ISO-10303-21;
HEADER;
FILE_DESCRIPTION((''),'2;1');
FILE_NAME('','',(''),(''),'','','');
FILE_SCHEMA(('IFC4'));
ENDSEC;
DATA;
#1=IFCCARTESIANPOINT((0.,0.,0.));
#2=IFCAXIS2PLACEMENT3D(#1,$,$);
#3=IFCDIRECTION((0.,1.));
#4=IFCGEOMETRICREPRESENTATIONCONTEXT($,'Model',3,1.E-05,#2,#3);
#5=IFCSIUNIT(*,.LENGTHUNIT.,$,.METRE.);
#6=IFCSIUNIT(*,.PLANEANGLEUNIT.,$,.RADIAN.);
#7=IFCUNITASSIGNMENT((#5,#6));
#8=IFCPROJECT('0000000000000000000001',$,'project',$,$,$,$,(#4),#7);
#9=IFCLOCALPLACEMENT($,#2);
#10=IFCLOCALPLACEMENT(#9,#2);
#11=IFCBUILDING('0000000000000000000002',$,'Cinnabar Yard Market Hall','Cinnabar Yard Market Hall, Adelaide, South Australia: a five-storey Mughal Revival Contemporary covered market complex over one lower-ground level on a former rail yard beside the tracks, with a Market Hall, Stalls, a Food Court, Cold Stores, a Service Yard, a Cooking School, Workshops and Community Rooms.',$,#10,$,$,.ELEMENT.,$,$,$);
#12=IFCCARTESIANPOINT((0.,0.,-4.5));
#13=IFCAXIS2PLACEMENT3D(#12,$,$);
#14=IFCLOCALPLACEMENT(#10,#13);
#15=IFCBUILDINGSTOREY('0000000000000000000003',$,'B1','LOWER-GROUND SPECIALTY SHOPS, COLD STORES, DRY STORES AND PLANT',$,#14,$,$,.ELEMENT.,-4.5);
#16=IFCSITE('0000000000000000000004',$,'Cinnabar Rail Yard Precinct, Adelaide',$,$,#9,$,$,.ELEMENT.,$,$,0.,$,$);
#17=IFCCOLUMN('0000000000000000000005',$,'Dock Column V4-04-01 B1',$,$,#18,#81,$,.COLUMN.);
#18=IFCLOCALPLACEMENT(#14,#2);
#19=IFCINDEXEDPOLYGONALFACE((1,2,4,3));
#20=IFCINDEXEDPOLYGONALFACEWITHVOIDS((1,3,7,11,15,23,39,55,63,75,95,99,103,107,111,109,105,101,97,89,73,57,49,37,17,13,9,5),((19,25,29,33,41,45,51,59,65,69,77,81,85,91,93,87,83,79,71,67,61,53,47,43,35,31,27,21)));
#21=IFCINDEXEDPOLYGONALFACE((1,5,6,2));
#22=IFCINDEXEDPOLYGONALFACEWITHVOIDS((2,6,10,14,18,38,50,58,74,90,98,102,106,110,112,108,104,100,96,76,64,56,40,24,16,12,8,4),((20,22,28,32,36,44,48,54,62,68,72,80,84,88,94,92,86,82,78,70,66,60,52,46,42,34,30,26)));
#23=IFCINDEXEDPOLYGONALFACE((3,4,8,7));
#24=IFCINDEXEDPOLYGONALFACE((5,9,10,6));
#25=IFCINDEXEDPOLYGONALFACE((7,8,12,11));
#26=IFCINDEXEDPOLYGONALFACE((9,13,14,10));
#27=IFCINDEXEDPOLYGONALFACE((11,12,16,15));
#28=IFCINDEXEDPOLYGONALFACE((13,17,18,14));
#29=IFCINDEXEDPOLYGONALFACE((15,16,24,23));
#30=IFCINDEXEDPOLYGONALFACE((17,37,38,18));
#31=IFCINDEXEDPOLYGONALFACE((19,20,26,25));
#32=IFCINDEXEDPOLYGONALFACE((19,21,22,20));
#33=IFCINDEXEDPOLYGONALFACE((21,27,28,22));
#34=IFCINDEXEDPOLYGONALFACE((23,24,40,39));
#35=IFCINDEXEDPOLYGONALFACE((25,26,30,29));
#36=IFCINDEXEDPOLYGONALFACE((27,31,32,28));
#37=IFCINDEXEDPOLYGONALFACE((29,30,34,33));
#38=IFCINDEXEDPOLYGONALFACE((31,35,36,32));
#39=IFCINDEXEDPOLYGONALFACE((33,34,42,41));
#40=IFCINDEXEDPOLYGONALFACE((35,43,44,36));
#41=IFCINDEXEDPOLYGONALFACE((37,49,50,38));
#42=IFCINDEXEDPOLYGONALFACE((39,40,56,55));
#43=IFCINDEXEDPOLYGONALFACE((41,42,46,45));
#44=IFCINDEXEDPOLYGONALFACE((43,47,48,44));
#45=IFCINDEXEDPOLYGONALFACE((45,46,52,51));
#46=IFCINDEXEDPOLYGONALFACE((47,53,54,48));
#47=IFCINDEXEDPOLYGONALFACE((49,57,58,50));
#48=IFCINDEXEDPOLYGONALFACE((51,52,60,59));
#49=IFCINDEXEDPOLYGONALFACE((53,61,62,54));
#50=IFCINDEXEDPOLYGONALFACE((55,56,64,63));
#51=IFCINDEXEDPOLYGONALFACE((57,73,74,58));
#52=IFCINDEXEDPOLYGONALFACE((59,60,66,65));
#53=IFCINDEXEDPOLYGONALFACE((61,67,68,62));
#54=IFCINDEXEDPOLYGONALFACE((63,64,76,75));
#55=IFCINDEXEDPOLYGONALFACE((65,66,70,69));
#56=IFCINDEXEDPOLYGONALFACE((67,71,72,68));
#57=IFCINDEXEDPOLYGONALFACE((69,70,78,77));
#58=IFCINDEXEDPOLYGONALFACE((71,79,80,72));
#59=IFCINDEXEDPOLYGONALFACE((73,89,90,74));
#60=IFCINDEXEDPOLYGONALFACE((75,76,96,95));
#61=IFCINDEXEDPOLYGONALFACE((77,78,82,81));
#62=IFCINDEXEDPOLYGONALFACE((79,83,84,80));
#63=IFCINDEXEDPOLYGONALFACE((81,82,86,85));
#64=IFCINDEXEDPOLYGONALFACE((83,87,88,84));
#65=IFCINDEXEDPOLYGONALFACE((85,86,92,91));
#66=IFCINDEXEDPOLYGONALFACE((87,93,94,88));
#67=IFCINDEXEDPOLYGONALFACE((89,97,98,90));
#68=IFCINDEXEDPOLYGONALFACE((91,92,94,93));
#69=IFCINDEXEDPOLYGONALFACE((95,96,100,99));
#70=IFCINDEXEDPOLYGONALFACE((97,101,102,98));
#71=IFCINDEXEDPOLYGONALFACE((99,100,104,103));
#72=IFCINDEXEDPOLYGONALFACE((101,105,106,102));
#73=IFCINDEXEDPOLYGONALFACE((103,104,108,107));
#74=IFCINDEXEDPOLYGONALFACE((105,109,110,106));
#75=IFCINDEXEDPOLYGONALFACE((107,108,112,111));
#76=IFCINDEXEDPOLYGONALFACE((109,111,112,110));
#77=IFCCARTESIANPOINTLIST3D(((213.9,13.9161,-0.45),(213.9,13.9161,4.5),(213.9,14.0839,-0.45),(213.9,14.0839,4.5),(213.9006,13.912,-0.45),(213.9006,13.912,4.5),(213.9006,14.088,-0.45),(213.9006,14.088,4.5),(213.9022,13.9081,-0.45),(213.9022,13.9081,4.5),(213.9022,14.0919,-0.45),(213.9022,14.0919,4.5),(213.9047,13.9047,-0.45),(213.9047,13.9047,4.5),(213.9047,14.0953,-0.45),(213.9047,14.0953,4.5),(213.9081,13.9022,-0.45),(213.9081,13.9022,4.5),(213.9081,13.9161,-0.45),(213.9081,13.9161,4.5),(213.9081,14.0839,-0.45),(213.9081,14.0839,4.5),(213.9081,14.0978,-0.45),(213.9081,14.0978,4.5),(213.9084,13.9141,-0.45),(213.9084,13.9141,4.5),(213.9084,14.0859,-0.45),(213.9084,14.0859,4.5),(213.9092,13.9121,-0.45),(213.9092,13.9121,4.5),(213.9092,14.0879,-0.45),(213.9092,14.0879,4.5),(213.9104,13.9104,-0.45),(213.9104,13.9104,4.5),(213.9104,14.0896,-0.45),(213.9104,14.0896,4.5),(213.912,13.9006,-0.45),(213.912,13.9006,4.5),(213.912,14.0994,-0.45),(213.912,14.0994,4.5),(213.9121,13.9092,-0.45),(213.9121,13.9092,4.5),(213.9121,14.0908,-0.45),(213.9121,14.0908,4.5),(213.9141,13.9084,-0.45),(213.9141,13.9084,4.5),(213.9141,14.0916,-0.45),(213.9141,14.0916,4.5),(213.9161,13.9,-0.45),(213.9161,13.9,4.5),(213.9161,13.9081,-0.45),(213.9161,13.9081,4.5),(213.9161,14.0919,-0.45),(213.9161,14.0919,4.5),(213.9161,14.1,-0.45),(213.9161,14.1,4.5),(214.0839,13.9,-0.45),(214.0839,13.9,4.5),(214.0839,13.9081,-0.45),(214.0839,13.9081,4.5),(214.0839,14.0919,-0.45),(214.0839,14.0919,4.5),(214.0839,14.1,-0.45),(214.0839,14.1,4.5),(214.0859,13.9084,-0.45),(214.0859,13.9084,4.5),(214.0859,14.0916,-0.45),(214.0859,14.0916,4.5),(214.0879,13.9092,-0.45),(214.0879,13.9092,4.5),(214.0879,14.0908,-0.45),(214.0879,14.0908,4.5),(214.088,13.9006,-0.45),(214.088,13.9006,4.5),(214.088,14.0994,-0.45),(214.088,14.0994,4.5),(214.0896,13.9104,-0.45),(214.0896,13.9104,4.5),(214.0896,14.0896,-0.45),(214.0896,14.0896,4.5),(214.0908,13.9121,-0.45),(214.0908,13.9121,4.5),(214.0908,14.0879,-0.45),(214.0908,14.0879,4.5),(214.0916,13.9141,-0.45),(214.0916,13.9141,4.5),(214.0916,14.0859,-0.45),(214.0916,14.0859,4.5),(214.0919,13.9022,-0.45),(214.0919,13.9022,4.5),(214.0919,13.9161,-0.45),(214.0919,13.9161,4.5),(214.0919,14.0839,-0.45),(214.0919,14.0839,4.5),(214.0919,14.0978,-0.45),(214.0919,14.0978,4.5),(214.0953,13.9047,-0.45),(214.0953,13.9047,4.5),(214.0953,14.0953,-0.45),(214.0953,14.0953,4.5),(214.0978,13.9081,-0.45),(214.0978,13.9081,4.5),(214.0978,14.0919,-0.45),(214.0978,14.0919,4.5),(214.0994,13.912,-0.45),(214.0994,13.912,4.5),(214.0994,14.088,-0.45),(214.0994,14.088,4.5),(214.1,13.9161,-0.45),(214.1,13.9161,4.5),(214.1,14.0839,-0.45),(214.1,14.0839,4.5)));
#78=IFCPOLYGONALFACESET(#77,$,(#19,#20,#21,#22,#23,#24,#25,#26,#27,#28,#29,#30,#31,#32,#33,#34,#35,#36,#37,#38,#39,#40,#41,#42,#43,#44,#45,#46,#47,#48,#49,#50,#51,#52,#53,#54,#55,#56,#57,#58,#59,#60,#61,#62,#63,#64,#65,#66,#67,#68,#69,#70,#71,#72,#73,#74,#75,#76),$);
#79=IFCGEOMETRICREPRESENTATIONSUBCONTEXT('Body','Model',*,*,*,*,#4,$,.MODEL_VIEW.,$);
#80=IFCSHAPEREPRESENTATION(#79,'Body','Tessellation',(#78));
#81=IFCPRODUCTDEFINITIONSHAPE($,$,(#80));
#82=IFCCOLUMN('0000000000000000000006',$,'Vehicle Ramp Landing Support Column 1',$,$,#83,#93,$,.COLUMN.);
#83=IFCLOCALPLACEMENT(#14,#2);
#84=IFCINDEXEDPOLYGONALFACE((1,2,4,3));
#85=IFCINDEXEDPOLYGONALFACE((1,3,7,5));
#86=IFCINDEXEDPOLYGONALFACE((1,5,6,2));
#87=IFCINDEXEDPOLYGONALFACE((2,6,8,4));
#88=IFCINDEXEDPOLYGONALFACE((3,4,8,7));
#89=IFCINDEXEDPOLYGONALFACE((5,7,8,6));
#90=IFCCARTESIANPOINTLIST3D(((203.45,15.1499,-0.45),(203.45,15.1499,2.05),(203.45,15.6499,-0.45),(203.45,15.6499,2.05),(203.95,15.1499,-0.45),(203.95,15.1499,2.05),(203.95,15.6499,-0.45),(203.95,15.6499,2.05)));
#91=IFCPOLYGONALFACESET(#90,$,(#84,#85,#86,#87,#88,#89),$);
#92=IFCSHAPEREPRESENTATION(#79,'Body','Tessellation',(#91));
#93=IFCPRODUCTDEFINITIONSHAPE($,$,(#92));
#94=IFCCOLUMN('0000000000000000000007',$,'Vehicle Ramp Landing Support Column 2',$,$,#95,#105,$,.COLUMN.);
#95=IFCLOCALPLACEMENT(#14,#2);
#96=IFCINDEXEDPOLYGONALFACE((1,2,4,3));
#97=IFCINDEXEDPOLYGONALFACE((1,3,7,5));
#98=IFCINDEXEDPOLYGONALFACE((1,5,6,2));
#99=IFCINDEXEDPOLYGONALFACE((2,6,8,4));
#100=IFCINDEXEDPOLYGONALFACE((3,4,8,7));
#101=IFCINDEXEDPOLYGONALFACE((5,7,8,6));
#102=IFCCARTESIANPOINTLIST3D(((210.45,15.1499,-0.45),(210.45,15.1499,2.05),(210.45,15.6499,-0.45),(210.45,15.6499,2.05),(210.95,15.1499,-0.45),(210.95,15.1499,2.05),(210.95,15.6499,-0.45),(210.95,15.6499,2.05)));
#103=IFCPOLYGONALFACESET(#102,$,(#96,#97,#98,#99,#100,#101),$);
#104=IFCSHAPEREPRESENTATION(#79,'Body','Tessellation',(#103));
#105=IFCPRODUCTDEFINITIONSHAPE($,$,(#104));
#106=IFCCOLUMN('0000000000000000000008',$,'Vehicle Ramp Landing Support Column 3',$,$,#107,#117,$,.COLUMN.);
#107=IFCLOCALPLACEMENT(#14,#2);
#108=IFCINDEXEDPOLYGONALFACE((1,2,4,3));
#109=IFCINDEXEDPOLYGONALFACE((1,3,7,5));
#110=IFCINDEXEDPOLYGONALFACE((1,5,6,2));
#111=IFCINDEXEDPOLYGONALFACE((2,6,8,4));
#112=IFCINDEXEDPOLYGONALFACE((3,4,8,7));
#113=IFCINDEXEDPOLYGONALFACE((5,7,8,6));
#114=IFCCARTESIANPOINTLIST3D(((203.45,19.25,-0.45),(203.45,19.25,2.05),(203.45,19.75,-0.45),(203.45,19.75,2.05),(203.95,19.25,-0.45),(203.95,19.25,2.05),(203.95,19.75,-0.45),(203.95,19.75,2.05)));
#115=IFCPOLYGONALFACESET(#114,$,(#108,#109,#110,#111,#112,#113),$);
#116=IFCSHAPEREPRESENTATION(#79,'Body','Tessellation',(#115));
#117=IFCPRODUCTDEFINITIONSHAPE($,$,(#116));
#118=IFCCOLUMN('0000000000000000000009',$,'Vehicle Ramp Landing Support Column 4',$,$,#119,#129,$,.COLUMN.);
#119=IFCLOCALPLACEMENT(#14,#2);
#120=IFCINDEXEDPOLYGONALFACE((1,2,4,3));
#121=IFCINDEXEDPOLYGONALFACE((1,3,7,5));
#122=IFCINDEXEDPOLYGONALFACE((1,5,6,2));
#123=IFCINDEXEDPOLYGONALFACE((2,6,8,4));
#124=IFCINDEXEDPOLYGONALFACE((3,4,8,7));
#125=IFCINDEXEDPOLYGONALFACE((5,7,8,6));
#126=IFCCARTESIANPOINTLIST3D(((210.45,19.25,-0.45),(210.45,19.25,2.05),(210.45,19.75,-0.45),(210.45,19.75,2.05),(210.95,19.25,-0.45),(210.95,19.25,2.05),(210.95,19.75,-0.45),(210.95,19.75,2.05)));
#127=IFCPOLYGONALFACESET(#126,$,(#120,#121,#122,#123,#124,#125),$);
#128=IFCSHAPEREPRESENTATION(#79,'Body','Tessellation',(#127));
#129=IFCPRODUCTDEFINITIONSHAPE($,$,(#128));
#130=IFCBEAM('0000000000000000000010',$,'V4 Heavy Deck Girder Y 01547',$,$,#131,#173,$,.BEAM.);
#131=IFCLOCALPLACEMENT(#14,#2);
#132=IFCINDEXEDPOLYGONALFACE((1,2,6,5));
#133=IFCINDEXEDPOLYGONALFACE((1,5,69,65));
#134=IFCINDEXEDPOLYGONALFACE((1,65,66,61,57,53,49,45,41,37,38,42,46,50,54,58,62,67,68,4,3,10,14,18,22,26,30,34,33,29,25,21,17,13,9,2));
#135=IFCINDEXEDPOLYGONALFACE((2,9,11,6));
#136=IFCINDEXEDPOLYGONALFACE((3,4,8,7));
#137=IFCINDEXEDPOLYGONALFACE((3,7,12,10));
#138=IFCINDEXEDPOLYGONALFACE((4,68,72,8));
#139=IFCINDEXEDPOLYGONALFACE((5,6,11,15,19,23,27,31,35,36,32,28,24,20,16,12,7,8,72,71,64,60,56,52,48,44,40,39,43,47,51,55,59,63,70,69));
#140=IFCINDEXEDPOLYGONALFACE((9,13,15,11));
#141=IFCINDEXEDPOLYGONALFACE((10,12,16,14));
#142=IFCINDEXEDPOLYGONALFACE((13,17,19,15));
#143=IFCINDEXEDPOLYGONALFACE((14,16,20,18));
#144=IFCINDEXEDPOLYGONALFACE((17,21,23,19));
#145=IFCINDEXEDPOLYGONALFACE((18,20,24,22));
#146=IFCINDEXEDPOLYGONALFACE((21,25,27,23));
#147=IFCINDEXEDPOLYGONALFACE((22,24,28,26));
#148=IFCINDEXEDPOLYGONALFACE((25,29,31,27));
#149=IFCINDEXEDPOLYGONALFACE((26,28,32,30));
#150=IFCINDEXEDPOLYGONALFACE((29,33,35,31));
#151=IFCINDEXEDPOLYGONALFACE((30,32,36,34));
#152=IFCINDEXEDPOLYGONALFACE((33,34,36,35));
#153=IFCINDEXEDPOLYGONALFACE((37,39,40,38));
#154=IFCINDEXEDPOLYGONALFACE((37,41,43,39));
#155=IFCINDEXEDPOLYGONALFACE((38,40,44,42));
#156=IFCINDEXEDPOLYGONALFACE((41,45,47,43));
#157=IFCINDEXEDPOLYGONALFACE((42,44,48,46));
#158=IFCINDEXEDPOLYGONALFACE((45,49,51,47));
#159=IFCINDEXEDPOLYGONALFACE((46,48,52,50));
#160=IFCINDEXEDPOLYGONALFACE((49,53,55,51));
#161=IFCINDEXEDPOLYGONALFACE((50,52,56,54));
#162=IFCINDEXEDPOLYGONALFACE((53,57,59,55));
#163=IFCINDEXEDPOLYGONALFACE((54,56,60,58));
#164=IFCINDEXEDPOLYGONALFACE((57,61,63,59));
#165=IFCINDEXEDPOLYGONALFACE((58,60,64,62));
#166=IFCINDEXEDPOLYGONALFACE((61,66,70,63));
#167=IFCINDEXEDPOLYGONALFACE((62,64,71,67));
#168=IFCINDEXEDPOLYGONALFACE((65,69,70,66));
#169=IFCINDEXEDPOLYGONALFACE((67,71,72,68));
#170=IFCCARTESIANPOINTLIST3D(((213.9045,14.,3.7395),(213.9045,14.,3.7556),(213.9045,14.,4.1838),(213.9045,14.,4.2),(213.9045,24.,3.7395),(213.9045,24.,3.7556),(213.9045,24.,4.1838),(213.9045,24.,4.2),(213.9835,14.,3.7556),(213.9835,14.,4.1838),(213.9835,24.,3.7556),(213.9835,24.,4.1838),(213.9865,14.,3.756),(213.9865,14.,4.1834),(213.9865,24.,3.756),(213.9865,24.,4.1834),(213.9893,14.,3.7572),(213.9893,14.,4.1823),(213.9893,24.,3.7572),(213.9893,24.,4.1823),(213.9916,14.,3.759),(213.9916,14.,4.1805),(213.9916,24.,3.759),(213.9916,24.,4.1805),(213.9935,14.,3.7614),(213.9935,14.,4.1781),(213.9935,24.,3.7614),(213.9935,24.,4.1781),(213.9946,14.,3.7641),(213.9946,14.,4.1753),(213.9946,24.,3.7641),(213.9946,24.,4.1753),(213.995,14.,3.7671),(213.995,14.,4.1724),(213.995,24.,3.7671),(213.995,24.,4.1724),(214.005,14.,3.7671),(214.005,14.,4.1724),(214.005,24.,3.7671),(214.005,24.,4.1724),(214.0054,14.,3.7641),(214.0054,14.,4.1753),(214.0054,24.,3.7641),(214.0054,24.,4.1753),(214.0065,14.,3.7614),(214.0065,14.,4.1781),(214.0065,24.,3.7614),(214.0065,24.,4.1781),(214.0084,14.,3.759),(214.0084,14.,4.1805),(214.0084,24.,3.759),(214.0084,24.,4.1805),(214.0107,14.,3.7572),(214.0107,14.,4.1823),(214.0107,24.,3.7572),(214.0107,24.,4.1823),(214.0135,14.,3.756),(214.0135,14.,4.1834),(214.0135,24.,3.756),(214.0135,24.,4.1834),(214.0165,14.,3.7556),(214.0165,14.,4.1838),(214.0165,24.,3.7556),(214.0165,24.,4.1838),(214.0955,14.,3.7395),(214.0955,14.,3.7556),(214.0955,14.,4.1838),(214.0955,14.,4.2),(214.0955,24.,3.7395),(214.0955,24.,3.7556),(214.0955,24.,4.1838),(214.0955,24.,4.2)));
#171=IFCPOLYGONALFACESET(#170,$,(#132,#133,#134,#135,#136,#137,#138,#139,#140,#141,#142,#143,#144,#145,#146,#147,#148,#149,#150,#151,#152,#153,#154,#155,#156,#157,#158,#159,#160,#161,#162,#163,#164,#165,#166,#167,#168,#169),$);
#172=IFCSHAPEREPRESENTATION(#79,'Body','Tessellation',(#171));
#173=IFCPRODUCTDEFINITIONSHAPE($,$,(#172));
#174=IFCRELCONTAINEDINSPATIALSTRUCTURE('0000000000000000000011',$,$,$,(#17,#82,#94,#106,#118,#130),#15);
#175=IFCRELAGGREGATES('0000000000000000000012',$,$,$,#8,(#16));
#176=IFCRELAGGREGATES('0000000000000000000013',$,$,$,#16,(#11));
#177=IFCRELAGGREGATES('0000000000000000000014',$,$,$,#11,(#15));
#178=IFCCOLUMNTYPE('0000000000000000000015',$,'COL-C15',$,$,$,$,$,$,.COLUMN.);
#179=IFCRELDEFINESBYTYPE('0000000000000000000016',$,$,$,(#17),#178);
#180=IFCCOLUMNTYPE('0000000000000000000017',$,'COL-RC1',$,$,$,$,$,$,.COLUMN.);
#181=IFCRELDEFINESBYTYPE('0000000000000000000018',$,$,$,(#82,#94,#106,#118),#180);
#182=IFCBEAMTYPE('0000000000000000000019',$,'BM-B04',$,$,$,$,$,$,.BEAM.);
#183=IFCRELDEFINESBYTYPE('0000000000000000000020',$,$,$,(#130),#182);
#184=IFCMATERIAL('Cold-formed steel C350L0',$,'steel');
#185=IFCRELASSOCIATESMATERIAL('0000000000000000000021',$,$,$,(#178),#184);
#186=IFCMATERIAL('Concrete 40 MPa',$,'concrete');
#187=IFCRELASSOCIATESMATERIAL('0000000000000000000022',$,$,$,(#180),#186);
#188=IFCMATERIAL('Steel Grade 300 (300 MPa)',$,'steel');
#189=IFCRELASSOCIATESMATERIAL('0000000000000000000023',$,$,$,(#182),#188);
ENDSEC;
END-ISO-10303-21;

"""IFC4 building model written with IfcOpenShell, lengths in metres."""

from ifc_helpers import new_model, si_unit, direction, frame, origin, origin_2d_with_axis, place, context, subcontext, project, spatial, rectangle, hollow_rectangle, i_section, extrude, material, material_profile, profile_set, type_object, element, save


model = new_model("IFC4")

# Units and contexts
model_context = context("Model", 3, precision=1e-05, world=origin(), true_north=direction((0.0, 1.0)))
body_context = subcontext(model_context, "Body", "Model", "MODEL_VIEW")
ifc_project = project(units=[si_unit("LENGTHUNIT", "METRE"), si_unit("PLANEANGLEUNIT", "RADIAN")], contexts=[model_context])

# Site, building, storey
site_placement = place(None, origin())
site = spatial("IfcSite", under=ifc_project, at=site_placement, Name="Cinnabar Rail Yard Precinct, Adelaide", CompositionType="ELEMENT", RefElevation=0.0)
building_placement = place(site_placement, origin())
building = spatial("IfcBuilding", under=site, at=building_placement, Name="Cinnabar Yard Market Hall", Description="Cinnabar Yard Market Hall, Adelaide, South Australia: a five-storey Mughal Revival Contemporary covered market complex over one lower-ground level on a former rail yard beside the tracks, with a Market Hall, Stalls, a Food Court, Cold Stores, a Service Yard, a Cooking School, Workshops and Community Rooms.", CompositionType="ELEMENT")
storey_placement = place(building_placement, frame((0.0, 0.0, -4.5)))
storey = spatial("IfcBuildingStorey", under=building, at=storey_placement, Name="B1", Description="LOWER-GROUND SPECIALTY SHOPS, COLD STORES, DRY STORES AND PLANT", CompositionType="ELEMENT", Elevation=-4.5)

# Shared definitions
ifc_material_1 = material(Name="Concrete 40 MPa", Category="concrete")

# Columns
ifc_material_2 = material(Name="Steel Grade 300 (300 MPa)", Category="steel")
ifc_material_3 = material(Name="Cold-formed steel C350L0", Category="steel")
ifc_material_profile_1 = material_profile(ifc_material_3, hollow_rectangle(XDim=0.2, YDim=0.2, WallThickness=0.0081, InnerFilletRadius=0.0081, OuterFilletRadius=0.0161, at=origin_2d_with_axis()), Name="200x200x8.0SHS")
ifc_profile_set_1 = profile_set([ifc_material_profile_1], Name="Cold-formed steel C350L0")
column_type_1 = type_object("IfcColumnType", Name="COL-C15", PredefinedType="COLUMN", material=ifc_profile_set_1)
column_1_placement = place(storey_placement, frame((214.0, 14.0, -0.45), z_axis=(0.0, 0.0, 1.0), x_axis=(1.0, 0.0, 0.0)))
element("IfcColumn", 1, at=column_1_placement, inside=storey, type_object=column_type_1, Name="Dock Column V4-04-01 B1", PredefinedType="COLUMN", context=body_context, shape_type="SweptSolid", body=[
    extrude(hollow_rectangle(XDim=0.2, YDim=0.2, WallThickness=0.0081, InnerFilletRadius=0.0081, OuterFilletRadius=0.0161, at=origin_2d_with_axis()), origin(), (0.0, 0.0, 1.0), 4.95),
])
ifc_material_profile_2 = material_profile(ifc_material_1, rectangle(XDim=0.5, YDim=0.5, at=origin_2d_with_axis()), Name="RC-500x500")
ifc_profile_set_2 = profile_set([ifc_material_profile_2], Name="Concrete 40 MPa")
column_type_2 = type_object("IfcColumnType", Name="COL-RC1", PredefinedType="COLUMN", material=ifc_profile_set_2)
for number, where, z_axis, x_axis, name in (
    (2, (203.7, 15.3999, -0.45), (0.0, 0.0, 1.0), (1.0, 0.0, 0.0), "Vehicle Ramp Landing Support Column 1"),
    (3, (210.7, 15.3999, -0.45), (0.0, 0.0, 1.0), (1.0, 0.0, 0.0), "Vehicle Ramp Landing Support Column 2"),
    (4, (203.7, 19.5, -0.45), (0.0, 0.0, 1.0), (1.0, 0.0, 0.0), "Vehicle Ramp Landing Support Column 3"),
    (5, (210.7, 19.5, -0.45), (0.0, 0.0, 1.0), (1.0, 0.0, 0.0), "Vehicle Ramp Landing Support Column 4"),
):
    element("IfcColumn", number, at=place(storey_placement, frame(where, z_axis=z_axis, x_axis=x_axis)), inside=storey, type_object=column_type_2, Name=name, PredefinedType="COLUMN", context=body_context, shape_type="SweptSolid", body=[
        extrude(rectangle(XDim=0.5, YDim=0.5, at=origin_2d_with_axis()), origin(), (0.0, 0.0, 1.0), 2.5),
    ])

# Beam
ifc_material_profile_3 = material_profile(ifc_material_2, i_section(OverallWidth=0.1909, OverallDepth=0.4604, WebThickness=0.01, FlangeThickness=0.0161, FilletRadius=0.0115, at=origin_2d_with_axis()), Name="460UB82.1")
ifc_profile_set_3 = profile_set([ifc_material_profile_3], Name="Steel Grade 300 (300 MPa)")
beam_type = type_object("IfcBeamType", Name="BM-B04", PredefinedType="BEAM", material=ifc_profile_set_3)
for number, where, z_axis, x_axis, name in (
    (6, (214.0, 14.0, 3.9697), (0.0, 1.0, 0.0), (-1.0, 0.0, 0.0), "V4 Heavy Deck Girder Y 01547"),
):
    element("IfcBeam", number, at=place(storey_placement, frame(where, z_axis=z_axis, x_axis=x_axis)), inside=storey, type_object=beam_type, Name=name, PredefinedType="BEAM", context=body_context, shape_type="SweptSolid", body=[
        extrude(i_section(OverallWidth=0.1909, OverallDepth=0.4604, WebThickness=0.01, FlangeThickness=0.0161, FilletRadius=0.0115, at=origin_2d_with_axis()), origin(), (0.0, 0.0, 1.0), 10.0),
    ])

save(model, "model.ifc")
